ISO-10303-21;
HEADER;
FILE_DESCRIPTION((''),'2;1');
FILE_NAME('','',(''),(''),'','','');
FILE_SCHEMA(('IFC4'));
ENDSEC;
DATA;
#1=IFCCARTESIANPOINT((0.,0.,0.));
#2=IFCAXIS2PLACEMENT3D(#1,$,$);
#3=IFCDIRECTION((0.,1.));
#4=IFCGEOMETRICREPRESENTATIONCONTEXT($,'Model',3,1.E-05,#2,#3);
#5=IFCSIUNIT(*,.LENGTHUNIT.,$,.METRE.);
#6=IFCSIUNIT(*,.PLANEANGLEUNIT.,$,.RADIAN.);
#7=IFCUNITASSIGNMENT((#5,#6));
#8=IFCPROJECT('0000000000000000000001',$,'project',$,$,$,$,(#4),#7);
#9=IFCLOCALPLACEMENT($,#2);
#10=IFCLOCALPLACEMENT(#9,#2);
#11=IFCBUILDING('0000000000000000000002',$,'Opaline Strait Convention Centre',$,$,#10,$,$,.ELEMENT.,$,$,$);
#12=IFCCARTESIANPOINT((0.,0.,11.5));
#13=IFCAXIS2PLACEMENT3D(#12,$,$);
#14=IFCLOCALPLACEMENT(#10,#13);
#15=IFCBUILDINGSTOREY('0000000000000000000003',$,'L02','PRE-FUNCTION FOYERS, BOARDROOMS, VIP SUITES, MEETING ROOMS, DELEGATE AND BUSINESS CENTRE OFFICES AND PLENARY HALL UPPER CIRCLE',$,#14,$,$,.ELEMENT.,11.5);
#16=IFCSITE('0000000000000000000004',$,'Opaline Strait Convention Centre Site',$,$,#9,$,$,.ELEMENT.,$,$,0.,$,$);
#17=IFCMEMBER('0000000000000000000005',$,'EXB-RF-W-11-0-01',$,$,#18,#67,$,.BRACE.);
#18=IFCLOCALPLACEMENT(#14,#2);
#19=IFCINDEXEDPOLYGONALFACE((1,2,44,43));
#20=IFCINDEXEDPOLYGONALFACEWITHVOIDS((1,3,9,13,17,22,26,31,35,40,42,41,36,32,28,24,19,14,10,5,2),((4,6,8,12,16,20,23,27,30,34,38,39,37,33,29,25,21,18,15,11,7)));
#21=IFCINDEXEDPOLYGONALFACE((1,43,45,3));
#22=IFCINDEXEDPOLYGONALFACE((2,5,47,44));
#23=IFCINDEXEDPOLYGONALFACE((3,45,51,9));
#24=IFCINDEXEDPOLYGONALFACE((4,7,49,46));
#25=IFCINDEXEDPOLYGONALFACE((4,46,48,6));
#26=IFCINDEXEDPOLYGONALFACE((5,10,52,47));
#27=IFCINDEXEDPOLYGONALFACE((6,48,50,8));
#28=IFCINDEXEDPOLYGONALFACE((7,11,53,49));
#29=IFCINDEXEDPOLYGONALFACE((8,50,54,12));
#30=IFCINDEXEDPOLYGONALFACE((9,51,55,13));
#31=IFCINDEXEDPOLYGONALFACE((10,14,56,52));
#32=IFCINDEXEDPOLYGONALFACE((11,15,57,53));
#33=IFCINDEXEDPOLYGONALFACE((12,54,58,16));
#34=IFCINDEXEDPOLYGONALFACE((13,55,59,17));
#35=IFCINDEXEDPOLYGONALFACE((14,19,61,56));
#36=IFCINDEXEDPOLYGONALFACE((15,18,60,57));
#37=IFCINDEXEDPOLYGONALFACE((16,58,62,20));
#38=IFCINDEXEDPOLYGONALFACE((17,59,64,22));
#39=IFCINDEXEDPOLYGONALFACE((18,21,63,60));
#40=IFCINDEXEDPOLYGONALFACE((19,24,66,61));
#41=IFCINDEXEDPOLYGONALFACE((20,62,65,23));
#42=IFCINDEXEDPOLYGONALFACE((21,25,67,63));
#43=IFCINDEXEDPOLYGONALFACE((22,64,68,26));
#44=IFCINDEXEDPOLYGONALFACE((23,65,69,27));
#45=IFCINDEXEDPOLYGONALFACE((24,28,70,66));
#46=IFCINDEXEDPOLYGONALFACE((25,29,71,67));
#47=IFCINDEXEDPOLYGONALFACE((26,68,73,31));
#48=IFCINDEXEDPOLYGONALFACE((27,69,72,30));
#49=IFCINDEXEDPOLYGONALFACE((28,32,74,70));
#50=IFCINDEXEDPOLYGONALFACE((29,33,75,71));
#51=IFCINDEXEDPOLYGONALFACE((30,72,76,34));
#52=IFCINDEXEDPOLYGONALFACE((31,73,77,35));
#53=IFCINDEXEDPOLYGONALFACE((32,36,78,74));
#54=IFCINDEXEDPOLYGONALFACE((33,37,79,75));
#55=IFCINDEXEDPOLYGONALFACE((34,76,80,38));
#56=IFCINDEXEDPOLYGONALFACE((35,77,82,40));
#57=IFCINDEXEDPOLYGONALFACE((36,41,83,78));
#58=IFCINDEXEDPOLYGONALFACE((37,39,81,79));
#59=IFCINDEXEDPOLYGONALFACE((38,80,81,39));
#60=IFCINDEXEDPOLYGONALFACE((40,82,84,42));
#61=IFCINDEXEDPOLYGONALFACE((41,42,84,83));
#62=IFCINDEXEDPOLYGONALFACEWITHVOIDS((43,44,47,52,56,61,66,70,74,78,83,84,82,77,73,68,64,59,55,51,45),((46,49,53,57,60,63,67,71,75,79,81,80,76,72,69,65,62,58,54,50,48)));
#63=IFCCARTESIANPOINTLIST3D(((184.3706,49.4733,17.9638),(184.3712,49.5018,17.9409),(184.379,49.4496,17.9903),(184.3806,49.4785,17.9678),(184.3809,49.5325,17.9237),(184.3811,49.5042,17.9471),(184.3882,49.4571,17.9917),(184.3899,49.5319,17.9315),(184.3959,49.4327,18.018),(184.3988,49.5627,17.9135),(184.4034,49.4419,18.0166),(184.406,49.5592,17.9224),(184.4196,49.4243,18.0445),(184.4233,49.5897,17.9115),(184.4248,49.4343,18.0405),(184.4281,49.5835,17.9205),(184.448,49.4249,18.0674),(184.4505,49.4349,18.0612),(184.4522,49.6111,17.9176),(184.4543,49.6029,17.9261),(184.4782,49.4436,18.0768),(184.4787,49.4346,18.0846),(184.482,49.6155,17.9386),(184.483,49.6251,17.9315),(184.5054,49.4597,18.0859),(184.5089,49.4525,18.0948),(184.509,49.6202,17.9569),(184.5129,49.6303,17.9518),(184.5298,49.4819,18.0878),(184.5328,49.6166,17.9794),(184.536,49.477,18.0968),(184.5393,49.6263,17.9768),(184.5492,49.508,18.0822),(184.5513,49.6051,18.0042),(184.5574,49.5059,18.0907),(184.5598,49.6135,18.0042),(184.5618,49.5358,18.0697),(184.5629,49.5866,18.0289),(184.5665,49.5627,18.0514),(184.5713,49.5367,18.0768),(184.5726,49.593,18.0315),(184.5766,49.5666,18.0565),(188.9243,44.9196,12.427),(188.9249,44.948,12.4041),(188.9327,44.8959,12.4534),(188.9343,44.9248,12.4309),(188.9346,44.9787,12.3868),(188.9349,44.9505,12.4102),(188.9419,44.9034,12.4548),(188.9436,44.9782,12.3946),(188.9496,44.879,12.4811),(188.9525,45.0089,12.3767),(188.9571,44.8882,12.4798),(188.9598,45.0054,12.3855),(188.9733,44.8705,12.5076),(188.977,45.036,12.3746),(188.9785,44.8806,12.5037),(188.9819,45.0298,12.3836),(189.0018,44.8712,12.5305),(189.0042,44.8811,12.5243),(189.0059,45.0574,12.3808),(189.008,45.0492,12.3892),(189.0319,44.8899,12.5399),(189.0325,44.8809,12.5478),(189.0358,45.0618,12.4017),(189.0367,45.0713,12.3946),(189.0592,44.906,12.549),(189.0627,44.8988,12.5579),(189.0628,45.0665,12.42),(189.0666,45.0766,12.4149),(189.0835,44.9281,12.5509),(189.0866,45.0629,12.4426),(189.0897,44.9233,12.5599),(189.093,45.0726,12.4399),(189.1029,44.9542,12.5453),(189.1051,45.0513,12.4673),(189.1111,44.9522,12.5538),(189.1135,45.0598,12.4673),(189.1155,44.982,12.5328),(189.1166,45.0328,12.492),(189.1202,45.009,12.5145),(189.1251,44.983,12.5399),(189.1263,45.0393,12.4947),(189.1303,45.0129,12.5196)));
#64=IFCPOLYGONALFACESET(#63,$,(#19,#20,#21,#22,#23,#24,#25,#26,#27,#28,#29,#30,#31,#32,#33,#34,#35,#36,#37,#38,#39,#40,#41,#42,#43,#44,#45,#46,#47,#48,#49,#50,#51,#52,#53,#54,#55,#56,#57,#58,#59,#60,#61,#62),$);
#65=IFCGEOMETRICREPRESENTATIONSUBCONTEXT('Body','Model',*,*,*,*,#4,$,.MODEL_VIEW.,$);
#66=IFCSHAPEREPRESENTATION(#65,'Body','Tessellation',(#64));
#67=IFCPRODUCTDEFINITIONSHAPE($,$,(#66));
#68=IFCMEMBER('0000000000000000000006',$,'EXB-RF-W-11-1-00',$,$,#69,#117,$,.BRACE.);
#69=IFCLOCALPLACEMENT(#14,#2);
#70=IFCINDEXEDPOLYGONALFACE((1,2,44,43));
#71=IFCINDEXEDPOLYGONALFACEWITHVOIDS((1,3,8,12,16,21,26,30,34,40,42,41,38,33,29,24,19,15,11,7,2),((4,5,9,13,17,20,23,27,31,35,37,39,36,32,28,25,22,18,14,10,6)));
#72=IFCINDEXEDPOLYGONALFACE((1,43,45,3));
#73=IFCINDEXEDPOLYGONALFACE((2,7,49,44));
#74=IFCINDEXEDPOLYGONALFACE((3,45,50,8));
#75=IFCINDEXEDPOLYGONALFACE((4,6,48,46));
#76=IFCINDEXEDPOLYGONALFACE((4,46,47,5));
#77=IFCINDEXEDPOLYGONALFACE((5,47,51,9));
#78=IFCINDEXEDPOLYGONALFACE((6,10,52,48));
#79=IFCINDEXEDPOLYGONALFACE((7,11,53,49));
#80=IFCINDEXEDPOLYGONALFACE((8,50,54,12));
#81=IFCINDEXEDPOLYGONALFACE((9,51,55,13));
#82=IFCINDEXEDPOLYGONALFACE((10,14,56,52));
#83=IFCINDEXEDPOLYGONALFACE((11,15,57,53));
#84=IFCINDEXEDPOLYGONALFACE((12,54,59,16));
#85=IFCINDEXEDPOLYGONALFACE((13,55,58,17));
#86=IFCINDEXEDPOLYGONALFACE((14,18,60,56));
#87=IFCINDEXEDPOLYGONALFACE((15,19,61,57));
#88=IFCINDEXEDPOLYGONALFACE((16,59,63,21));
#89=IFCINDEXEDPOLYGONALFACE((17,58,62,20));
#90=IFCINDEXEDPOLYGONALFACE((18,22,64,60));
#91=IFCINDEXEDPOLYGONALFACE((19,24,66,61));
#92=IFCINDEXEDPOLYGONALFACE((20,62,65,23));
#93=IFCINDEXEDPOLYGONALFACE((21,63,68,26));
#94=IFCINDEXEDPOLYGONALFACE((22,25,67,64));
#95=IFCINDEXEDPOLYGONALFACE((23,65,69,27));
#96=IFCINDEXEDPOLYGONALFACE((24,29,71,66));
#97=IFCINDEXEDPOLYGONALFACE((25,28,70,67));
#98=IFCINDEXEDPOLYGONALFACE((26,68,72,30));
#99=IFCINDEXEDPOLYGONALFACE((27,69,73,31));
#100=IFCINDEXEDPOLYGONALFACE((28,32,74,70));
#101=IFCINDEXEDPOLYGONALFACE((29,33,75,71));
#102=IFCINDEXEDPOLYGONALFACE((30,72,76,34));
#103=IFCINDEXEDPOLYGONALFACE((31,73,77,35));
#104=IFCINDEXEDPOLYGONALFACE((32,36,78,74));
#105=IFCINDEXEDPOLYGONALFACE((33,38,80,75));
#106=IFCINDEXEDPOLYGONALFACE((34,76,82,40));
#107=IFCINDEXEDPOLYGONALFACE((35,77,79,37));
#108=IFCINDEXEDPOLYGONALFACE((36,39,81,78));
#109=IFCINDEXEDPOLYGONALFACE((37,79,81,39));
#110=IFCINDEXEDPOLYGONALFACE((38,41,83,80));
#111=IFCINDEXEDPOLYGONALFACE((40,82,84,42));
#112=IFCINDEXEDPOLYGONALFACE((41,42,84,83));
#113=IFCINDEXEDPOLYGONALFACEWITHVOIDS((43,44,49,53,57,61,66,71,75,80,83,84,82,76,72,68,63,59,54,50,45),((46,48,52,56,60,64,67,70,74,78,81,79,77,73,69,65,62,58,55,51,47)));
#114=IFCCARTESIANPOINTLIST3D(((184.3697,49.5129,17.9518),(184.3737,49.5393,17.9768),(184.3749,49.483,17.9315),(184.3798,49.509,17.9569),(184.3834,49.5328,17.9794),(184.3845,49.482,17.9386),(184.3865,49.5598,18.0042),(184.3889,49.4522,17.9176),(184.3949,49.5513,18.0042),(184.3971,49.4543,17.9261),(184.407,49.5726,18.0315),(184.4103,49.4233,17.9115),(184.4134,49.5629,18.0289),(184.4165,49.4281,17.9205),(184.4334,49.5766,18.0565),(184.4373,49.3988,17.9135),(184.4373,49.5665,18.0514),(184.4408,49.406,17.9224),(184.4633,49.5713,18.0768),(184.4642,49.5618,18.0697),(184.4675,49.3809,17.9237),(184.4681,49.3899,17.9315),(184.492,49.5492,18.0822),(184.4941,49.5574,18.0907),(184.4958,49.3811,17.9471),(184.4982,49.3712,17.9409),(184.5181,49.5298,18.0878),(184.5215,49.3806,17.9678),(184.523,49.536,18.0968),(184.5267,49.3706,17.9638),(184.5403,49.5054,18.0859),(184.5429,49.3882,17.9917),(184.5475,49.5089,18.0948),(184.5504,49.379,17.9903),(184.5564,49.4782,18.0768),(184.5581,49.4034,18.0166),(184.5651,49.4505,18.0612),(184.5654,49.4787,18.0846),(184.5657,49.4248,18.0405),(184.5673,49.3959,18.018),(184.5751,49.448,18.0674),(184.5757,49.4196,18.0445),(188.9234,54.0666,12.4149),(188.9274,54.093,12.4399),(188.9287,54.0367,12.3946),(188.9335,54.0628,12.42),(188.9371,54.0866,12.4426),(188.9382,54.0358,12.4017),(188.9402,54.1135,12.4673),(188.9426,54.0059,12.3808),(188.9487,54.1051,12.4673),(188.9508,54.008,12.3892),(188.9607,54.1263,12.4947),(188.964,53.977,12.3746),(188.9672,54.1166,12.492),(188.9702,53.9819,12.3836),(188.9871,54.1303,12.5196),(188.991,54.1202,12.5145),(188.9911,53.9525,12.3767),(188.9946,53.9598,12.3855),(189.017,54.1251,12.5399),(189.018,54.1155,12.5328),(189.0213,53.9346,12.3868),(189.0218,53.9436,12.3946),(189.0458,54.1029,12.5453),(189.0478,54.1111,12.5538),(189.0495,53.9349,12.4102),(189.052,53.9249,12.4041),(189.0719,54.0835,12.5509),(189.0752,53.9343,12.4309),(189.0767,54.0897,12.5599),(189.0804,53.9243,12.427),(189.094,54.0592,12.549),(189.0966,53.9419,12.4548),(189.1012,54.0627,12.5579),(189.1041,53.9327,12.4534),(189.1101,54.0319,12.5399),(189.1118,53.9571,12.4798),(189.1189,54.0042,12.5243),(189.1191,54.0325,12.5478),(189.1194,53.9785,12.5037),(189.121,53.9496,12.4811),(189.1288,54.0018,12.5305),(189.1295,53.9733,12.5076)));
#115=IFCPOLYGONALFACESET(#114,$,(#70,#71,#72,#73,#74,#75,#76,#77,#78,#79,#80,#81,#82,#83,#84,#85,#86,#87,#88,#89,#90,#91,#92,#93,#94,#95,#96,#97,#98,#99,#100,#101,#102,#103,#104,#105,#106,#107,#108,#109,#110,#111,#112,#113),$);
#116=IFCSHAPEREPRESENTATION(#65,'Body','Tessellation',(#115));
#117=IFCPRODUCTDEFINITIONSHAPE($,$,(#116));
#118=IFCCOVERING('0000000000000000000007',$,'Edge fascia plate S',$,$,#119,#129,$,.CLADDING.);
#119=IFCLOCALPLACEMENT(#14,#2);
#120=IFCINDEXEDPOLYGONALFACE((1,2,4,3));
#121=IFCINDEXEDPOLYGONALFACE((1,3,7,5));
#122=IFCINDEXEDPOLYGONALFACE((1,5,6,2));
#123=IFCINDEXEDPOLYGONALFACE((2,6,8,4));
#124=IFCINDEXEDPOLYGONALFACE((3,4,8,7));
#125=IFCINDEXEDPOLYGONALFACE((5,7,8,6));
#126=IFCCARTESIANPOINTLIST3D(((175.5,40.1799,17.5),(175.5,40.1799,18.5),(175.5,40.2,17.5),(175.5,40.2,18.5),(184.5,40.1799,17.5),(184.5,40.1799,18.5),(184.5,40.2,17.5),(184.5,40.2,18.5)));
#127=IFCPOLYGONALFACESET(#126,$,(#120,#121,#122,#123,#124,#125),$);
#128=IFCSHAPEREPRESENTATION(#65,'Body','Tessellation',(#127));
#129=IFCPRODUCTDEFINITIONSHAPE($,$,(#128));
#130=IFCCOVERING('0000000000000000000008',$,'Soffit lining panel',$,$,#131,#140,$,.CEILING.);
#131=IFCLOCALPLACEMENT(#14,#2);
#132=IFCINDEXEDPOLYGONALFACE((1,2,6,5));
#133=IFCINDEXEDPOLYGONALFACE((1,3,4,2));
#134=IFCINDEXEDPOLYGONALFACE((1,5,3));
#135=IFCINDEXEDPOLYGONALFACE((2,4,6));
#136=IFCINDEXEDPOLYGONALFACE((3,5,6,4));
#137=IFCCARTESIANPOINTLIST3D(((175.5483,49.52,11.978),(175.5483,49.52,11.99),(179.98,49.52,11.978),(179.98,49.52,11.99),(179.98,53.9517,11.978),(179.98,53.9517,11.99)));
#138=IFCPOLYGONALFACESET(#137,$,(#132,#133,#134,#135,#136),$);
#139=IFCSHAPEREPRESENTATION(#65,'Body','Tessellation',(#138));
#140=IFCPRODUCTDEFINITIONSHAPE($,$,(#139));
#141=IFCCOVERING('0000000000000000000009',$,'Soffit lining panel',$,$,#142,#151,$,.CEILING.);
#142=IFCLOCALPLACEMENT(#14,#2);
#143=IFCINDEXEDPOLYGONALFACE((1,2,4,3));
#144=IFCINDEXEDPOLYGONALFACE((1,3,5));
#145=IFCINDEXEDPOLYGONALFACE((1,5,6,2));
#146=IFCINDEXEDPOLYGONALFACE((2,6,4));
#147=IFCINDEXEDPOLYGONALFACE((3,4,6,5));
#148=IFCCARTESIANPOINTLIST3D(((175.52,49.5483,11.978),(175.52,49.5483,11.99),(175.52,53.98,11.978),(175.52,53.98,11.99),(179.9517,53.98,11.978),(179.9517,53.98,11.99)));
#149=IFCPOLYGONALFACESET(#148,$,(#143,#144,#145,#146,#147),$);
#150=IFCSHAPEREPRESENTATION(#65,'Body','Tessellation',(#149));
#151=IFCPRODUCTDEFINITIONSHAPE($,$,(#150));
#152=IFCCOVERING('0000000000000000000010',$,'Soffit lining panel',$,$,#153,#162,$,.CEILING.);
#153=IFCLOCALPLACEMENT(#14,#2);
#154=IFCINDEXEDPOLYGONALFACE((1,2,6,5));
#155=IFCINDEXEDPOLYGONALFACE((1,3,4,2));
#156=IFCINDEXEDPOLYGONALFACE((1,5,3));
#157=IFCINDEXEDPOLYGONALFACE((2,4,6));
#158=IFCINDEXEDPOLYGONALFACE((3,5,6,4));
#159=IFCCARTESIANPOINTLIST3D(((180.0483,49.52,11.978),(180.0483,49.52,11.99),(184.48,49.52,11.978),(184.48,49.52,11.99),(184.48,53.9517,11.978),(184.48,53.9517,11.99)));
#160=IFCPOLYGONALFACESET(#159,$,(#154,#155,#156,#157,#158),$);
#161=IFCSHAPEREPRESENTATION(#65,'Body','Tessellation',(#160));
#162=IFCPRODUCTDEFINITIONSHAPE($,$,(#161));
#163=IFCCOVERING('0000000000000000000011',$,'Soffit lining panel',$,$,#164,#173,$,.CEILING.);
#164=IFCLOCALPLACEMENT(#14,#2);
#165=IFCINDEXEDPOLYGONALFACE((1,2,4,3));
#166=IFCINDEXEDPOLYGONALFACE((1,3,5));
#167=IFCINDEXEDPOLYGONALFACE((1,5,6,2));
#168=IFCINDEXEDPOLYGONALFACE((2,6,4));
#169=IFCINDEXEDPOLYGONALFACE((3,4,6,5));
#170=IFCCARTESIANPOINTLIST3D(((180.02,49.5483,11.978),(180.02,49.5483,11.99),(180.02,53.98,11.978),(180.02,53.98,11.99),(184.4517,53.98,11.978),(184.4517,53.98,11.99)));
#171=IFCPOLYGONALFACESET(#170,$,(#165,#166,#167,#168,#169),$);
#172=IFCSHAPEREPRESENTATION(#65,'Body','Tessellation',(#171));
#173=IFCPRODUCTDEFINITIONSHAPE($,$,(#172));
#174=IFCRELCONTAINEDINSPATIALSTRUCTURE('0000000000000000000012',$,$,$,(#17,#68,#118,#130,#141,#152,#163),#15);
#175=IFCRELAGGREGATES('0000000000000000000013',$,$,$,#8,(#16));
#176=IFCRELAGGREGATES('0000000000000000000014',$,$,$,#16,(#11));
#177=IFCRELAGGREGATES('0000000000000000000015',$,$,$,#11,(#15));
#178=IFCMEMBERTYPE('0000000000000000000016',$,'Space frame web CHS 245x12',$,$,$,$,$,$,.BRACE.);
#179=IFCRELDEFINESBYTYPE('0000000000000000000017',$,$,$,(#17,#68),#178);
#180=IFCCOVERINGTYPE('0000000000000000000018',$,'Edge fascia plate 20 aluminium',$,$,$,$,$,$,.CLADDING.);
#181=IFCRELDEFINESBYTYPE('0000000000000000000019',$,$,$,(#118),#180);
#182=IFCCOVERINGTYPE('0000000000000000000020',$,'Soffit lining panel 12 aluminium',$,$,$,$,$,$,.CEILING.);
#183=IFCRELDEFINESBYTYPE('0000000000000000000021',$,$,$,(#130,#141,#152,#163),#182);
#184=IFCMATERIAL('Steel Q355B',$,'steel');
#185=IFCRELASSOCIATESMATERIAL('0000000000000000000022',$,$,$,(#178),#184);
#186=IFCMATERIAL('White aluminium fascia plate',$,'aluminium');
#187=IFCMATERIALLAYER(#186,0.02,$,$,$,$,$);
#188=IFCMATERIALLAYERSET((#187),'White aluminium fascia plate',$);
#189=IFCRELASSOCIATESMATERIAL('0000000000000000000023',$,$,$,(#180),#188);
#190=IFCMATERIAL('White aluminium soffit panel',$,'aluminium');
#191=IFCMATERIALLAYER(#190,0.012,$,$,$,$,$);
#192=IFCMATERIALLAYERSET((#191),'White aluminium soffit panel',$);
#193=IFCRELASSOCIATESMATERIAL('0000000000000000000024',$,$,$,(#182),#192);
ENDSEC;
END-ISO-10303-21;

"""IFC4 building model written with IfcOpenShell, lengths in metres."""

from ifc_helpers import new_model, si_unit, direction, frame, origin, origin_2d, place, context, subcontext, project, spatial, polyline, hollow_circle, outline, extrude, material, layer, layer_set, material_profile, profile_set, type_object, element, save


model = new_model("IFC4")

# Units and contexts
model_context = context("Model", 3, precision=1e-05, world=origin(), true_north=direction((0.0, 1.0)))
body_context = subcontext(model_context, "Body", "Model", "MODEL_VIEW")
ifc_project = project(units=[si_unit("LENGTHUNIT", "METRE"), si_unit("PLANEANGLEUNIT", "RADIAN")], contexts=[model_context])

# Site, building, storey
site_placement = place(None, origin())
site = spatial("IfcSite", under=ifc_project, at=site_placement, Name="Opaline Strait Convention Centre Site", CompositionType="ELEMENT", RefElevation=0.0)
building_placement = place(site_placement, origin())
building = spatial("IfcBuilding", under=site, at=building_placement, Name="Opaline Strait Convention Centre", CompositionType="ELEMENT")
storey_placement = place(building_placement, frame((0.0, 0.0, 11.5)))
storey = spatial("IfcBuildingStorey", under=building, at=storey_placement, Name="L02", Description="PRE-FUNCTION FOYERS, BOARDROOMS, VIP SUITES, MEETING ROOMS, DELEGATE AND BUSINESS CENTRE OFFICES AND PLENARY HALL UPPER CIRCLE", CompositionType="ELEMENT", Elevation=11.5)

# Members
ifc_material_1 = material(Name="Steel Q355B", Category="steel")
ifc_material_profile_1 = material_profile(ifc_material_1, hollow_circle(Radius=0.1226, WallThickness=0.012, at=origin_2d()), Name="CHS 245x12")
ifc_profile_set_1 = profile_set([ifc_material_profile_1], Name="Steel Q355B")
member_type_1 = type_object("IfcMemberType", Name="Space frame web CHS 245x12", PredefinedType="BRACE", material=ifc_profile_set_1)
for number, where, z_axis, x_axis, name in (
    (1, (184.4731, 49.5269, 18.0042), (0.536178, -0.536178, -0.65194), (0.707107, 0.707107, 0.0), "EXB-RF-W-11-0-01"),
    (2, (184.4731, 49.4731, 18.0042), (0.536178, 0.536178, -0.65194), (-0.707107, 0.707107, 0.0), "EXB-RF-W-11-1-00"),
):
    element("IfcMember", number, at=place(storey_placement, frame(where, z_axis=z_axis, x_axis=x_axis)), inside=storey, type_object=member_type_1, Name=name, PredefinedType="BRACE", context=body_context, shape_type="SweptSolid", body=[
        extrude(hollow_circle(Radius=0.1226, WallThickness=0.012, at=origin_2d()), origin(), (0.0, 0.0, 1.0), 8.4929),
    ])

# Coverings
ifc_material_2 = material(Name="White aluminium fascia plate", Category="aluminium")
ifc_layer_1 = layer(ifc_material_2, 0.02)
ifc_layer_set_1 = layer_set([ifc_layer_1], Name="White aluminium fascia plate")
covering_type_1 = type_object("IfcCoveringType", Name="Edge fascia plate 20 aluminium", PredefinedType="CLADDING", material=ifc_layer_set_1)
covering_1_placement = place(storey_placement, frame((180.0, 40.2, 18.0), z_axis=(0.0, -1.0, 0.0), x_axis=(1.0, 0.0, 0.0)))
element("IfcCovering", 3, at=covering_1_placement, inside=storey, type_object=covering_type_1, Name="Edge fascia plate S", PredefinedType="CLADDING", context=body_context, shape_type="SweptSolid", body=[
    extrude(outline(polyline([(-4.5, 0.5), (4.5, 0.5), (4.5, -0.5), (-4.5, -0.5), (-4.5, 0.5)])), origin(), (0.0, 0.0, 1.0), 0.02),
])
ifc_material_3 = material(Name="White aluminium soffit panel", Category="aluminium")
ifc_layer_2 = layer(ifc_material_3, 0.012)
ifc_layer_set_2 = layer_set([ifc_layer_2], Name="White aluminium soffit panel")
covering_type_2 = type_object("IfcCoveringType", Name="Soffit lining panel 12 aluminium", PredefinedType="CEILING", material=ifc_layer_set_2)
covering_2_placement = place(storey_placement, frame((175.5483, 49.52, 11.99), z_axis=(0.0, 0.0, 1.0), x_axis=(0.707107, 0.707107, 0.0)))
element("IfcCovering", 4, at=covering_2_placement, inside=storey, type_object=covering_type_2, Name="Soffit lining panel", PredefinedType="CEILING", context=body_context, shape_type="SweptSolid", body=[
    extrude(outline(polyline([(0.0, 0.0), (6.2673, 0.0), (3.1336, -3.1336), (0.0, 0.0)])), origin(), (0.0, 0.0, -1.0), 0.012),
])
covering_3_placement = place(storey_placement, frame((175.52, 49.5483, 11.99), z_axis=(0.0, 0.0, 1.0), x_axis=(0.0, 1.0, 0.0)))
element("IfcCovering", 5, at=covering_3_placement, inside=storey, type_object=covering_type_2, Name="Soffit lining panel", PredefinedType="CEILING", context=body_context, shape_type="SweptSolid", body=[
    extrude(outline(polyline([(0.0, 0.0), (4.4316, 0.0), (4.4316, -4.4316), (0.0, 0.0)])), origin(), (0.0, 0.0, -1.0), 0.012),
])
covering_4_placement = place(storey_placement, frame((180.0483, 49.52, 11.99), z_axis=(0.0, 0.0, 1.0), x_axis=(0.707107, 0.707107, 0.0)))
element("IfcCovering", 6, at=covering_4_placement, inside=storey, type_object=covering_type_2, Name="Soffit lining panel", PredefinedType="CEILING", context=body_context, shape_type="SweptSolid", body=[
    extrude(outline(polyline([(0.0, 0.0), (6.2673, 0.0), (3.1336, -3.1336), (0.0, 0.0)])), origin(), (0.0, 0.0, -1.0), 0.012),
])
covering_5_placement = place(storey_placement, frame((180.02, 49.5483, 11.99), z_axis=(0.0, 0.0, 1.0), x_axis=(0.0, 1.0, 0.0)))
element("IfcCovering", 7, at=covering_5_placement, inside=storey, type_object=covering_type_2, Name="Soffit lining panel", PredefinedType="CEILING", context=body_context, shape_type="SweptSolid", body=[
    extrude(outline(polyline([(0.0, 0.0), (4.4316, 0.0), (4.4316, -4.4316), (0.0, 0.0)])), origin(), (0.0, 0.0, -1.0), 0.012),
])

save(model, "model.ifc")
